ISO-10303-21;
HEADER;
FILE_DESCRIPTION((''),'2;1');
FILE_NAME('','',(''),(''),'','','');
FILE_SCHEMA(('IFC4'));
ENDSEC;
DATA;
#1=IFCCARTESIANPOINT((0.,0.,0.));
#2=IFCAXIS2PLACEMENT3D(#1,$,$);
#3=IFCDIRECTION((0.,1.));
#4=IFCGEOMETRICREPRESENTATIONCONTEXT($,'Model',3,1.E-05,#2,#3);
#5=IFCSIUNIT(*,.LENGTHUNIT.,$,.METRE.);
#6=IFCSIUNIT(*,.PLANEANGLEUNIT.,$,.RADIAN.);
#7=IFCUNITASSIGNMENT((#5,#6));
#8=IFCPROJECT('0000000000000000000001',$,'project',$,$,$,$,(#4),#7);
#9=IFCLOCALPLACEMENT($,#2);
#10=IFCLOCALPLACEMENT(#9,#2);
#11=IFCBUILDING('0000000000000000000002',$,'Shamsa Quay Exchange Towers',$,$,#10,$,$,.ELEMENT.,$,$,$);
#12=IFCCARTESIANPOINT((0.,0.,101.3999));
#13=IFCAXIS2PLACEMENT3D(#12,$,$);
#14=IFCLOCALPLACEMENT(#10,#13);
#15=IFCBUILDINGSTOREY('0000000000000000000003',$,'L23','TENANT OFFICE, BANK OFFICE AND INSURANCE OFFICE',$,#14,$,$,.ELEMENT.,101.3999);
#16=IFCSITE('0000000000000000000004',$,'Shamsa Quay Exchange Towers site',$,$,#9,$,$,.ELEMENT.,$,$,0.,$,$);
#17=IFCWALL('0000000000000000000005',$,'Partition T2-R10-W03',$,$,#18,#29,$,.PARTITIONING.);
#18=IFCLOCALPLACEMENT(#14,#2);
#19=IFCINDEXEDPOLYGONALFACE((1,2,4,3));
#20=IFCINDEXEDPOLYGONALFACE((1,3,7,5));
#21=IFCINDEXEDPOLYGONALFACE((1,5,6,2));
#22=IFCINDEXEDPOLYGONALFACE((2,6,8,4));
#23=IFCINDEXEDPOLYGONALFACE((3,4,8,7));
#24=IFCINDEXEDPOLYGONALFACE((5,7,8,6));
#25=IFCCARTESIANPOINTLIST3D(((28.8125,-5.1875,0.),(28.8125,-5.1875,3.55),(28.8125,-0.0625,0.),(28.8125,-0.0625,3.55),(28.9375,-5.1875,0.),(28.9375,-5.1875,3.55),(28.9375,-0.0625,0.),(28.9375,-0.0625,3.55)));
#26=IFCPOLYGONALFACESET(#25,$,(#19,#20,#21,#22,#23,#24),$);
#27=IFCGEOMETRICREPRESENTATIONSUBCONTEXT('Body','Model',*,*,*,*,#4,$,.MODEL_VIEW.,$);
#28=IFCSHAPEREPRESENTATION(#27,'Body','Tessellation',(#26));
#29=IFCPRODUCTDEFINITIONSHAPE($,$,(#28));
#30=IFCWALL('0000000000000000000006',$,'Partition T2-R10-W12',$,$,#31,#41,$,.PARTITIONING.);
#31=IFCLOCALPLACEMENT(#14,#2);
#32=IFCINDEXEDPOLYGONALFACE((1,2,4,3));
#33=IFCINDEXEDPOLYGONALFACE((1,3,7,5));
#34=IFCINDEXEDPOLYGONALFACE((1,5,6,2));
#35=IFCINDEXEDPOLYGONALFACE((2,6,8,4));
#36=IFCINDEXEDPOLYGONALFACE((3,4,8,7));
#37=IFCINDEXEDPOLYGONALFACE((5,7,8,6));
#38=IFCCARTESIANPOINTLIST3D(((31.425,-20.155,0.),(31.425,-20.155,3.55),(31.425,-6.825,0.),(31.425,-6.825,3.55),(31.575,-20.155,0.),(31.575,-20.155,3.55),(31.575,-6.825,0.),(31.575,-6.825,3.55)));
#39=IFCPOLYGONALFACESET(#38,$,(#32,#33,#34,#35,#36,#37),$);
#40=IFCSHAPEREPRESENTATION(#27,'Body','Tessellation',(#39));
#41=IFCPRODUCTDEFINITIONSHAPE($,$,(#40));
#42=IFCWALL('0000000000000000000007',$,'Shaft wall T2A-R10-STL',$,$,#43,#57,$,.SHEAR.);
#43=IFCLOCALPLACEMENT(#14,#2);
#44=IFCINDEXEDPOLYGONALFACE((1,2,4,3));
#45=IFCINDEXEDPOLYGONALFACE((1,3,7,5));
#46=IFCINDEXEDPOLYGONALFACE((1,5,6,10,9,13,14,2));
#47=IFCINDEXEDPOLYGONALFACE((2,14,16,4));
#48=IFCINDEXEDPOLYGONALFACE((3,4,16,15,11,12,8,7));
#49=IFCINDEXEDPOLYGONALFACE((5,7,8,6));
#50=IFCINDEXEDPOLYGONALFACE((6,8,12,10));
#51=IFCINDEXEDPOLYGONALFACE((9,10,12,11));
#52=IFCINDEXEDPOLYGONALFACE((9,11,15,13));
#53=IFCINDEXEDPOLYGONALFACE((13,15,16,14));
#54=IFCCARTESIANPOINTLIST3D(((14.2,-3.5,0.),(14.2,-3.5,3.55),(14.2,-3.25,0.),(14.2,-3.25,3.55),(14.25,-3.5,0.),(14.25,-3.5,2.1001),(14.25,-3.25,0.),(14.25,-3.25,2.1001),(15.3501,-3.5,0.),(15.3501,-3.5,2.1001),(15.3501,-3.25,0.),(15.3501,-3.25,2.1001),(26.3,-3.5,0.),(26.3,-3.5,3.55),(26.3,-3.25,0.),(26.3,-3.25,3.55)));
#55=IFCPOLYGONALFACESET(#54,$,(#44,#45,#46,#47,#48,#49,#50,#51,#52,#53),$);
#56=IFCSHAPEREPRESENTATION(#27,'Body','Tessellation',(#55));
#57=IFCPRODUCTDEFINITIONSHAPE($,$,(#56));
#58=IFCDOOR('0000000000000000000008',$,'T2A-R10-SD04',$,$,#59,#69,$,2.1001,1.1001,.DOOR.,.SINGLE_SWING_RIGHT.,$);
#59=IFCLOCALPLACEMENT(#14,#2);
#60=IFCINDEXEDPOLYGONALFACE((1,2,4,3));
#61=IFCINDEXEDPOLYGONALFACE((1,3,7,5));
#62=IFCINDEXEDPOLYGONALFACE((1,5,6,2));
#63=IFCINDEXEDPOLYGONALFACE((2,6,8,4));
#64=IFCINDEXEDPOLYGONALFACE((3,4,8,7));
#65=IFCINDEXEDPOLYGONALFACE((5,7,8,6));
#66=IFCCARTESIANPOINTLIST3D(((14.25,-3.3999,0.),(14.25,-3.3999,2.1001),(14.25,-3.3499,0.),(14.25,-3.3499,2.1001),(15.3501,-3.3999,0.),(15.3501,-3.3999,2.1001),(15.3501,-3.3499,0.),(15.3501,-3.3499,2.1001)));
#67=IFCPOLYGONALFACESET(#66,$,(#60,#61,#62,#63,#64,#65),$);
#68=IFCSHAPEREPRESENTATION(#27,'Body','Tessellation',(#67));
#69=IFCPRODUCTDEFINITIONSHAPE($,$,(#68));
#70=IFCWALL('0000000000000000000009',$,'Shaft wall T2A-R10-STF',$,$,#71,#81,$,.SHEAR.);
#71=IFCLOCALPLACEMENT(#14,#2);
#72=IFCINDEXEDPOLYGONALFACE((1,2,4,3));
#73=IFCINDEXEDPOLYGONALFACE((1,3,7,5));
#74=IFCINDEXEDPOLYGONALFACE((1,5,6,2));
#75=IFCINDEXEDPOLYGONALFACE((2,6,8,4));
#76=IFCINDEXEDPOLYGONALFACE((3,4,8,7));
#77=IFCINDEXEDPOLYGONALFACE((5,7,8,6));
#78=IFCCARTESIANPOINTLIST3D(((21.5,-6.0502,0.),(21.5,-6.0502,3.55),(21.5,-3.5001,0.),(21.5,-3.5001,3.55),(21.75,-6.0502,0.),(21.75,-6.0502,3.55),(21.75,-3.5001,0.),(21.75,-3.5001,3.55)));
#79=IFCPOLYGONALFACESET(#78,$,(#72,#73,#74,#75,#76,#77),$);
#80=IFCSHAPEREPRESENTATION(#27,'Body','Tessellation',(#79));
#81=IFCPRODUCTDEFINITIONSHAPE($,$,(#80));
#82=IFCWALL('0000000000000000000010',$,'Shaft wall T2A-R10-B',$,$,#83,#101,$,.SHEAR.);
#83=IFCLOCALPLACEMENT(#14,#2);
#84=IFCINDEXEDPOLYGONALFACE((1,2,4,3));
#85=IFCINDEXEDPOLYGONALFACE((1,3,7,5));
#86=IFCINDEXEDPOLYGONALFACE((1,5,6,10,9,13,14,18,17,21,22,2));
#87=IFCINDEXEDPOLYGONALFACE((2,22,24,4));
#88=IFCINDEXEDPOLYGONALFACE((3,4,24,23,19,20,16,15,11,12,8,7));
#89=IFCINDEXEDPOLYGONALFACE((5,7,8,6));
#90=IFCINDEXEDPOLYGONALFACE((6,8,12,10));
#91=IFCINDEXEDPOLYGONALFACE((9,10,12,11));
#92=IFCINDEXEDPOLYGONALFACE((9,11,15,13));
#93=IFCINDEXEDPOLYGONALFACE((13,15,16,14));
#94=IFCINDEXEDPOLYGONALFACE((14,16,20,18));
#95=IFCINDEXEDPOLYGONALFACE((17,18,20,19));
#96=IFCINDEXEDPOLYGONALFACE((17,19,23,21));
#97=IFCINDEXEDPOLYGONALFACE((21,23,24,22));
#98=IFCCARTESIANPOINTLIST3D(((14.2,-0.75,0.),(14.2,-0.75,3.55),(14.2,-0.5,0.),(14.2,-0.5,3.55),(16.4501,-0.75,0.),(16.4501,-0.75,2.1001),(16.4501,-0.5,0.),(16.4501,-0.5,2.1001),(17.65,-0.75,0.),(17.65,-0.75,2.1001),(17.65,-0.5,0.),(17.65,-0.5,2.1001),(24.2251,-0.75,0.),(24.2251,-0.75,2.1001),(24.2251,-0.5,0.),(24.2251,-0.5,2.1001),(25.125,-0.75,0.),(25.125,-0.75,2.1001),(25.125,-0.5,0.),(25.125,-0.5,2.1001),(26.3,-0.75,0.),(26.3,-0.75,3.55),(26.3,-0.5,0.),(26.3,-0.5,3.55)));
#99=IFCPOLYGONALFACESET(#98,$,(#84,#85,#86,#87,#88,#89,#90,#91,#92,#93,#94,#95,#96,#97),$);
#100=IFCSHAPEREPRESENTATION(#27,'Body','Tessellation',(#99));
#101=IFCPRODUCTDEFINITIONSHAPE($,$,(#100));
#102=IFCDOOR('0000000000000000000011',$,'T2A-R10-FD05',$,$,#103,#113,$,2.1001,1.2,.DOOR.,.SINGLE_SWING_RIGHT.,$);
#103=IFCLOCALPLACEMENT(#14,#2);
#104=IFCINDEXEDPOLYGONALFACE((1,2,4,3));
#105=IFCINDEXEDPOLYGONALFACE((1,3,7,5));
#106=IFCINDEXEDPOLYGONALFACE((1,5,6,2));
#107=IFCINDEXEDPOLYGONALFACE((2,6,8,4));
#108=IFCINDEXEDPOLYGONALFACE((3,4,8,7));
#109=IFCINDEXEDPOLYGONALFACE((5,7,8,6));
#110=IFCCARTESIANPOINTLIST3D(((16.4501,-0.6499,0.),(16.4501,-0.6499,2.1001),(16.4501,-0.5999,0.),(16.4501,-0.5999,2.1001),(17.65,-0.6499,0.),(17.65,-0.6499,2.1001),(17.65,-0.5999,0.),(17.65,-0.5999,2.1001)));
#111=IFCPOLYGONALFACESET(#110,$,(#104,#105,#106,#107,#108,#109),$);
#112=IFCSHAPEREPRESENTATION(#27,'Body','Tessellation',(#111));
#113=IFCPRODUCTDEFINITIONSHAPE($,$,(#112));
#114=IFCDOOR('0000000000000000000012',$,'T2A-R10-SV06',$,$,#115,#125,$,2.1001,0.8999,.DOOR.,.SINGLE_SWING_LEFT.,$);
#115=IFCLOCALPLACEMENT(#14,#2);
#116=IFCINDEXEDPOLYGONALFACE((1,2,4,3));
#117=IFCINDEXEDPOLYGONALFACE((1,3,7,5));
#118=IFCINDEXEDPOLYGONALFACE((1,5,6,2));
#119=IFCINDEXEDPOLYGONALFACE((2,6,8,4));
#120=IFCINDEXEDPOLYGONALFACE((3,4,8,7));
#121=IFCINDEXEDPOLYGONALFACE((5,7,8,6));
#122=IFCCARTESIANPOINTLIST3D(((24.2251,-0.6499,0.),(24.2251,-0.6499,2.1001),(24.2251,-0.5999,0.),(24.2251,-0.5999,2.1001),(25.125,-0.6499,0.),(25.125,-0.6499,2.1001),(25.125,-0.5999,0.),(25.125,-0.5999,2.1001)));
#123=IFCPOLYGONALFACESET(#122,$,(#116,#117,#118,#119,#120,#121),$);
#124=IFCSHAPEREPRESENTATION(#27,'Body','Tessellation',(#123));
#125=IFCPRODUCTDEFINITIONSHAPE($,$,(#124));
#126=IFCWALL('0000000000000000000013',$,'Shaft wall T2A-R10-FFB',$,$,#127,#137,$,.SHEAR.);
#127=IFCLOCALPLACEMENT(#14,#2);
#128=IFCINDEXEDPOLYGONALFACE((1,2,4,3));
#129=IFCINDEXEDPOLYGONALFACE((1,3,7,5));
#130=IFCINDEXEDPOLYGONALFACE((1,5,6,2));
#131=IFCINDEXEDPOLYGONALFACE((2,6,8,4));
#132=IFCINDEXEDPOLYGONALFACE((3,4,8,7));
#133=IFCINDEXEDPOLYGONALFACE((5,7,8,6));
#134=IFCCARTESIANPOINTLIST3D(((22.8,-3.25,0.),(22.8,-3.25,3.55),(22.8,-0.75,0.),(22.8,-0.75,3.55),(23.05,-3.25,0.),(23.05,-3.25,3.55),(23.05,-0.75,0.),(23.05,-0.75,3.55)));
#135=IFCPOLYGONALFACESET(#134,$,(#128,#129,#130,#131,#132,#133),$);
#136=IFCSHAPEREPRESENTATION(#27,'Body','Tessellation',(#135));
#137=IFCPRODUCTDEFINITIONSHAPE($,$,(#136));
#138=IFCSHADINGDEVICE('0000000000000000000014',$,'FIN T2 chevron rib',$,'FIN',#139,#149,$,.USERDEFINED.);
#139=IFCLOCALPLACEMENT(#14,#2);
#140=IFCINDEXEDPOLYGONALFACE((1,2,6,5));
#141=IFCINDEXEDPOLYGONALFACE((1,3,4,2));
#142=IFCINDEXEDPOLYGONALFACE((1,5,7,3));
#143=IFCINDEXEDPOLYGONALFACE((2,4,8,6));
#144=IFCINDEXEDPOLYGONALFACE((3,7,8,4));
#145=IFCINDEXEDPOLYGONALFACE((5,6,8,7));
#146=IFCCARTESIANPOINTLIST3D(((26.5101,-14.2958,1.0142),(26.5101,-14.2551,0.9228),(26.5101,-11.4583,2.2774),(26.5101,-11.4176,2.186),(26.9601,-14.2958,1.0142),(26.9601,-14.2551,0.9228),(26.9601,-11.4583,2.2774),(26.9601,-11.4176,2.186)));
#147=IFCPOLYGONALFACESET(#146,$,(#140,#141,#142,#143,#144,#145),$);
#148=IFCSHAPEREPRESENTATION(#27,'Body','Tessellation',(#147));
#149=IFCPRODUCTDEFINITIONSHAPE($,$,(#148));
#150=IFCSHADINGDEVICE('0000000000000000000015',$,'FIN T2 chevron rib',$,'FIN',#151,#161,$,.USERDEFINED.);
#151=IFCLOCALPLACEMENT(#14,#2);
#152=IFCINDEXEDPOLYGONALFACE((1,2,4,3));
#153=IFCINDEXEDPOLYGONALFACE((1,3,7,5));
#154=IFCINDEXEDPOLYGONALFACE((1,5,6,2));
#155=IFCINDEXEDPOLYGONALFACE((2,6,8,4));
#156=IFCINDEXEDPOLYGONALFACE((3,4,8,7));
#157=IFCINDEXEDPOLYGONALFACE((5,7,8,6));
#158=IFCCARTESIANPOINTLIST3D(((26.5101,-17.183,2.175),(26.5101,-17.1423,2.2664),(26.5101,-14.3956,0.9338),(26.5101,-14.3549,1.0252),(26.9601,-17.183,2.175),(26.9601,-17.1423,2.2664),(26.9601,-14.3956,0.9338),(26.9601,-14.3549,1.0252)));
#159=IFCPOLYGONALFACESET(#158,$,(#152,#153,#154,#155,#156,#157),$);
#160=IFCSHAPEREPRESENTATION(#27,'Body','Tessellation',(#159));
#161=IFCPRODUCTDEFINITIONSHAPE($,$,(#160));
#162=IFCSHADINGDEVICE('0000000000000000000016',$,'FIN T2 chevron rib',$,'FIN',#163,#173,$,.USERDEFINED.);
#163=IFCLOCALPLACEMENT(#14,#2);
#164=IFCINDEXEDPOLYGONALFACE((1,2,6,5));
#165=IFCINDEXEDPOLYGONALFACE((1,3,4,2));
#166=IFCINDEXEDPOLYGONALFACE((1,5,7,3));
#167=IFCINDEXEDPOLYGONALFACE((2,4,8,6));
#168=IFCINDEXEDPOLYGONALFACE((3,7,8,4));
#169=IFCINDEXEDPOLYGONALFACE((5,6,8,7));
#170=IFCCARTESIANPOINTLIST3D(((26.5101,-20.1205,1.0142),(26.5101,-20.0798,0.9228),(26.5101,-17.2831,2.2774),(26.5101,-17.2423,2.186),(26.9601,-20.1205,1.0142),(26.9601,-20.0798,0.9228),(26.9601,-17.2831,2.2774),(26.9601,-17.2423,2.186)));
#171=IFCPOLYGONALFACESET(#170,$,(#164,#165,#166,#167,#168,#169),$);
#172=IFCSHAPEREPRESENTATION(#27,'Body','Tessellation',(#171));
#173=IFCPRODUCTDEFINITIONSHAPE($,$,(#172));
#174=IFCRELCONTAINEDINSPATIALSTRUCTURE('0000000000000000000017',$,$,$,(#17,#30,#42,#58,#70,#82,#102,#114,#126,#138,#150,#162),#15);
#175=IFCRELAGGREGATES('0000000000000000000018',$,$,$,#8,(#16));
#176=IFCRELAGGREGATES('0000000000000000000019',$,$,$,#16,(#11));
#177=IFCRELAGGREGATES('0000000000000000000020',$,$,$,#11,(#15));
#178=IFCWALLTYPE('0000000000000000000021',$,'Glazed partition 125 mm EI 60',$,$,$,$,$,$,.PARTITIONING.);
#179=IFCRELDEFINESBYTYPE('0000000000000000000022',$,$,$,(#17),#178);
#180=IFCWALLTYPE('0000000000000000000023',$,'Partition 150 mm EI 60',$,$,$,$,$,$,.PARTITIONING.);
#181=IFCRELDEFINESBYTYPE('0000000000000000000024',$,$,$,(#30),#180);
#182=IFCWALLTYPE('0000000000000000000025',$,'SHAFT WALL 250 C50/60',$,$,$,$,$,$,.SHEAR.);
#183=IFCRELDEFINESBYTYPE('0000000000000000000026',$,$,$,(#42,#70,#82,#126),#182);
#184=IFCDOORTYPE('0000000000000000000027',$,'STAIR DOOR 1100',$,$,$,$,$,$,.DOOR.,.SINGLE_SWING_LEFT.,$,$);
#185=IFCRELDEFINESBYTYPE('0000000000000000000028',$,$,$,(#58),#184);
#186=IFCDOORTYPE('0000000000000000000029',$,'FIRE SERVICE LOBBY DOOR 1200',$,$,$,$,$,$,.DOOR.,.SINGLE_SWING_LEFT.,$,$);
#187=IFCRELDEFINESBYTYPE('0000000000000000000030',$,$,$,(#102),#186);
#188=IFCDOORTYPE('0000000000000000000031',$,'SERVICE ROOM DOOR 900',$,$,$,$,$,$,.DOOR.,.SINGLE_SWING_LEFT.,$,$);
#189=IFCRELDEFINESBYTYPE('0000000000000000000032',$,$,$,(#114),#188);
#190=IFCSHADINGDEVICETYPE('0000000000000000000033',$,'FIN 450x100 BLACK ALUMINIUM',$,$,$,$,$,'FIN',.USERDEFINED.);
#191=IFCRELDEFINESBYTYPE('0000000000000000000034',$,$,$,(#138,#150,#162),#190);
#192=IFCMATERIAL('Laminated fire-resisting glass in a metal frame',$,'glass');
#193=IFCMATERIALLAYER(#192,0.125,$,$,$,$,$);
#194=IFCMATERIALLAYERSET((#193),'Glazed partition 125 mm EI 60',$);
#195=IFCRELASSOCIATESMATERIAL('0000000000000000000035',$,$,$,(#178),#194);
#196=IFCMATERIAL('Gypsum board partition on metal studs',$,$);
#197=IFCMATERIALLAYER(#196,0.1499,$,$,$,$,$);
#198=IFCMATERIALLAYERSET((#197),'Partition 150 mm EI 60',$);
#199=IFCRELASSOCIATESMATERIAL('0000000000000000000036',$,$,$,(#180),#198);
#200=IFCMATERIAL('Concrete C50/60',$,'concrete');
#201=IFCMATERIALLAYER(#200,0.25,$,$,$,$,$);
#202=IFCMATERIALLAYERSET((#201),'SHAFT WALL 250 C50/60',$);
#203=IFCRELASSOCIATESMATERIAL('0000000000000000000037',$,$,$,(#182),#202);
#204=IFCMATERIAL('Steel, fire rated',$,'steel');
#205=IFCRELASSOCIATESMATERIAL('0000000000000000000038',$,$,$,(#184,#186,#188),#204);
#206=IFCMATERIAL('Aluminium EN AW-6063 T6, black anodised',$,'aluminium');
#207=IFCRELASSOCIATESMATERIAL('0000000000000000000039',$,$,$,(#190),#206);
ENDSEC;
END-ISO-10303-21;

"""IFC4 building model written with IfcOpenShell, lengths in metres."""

from ifc_helpers import new_model, si_unit, direction, frame, frame_2d, origin, origin_2d, place, context, subcontext, project, spatial, rectangle, extrude, material, layer, layer_set, material_profile, profile_set, type_object, element, fill, save


model = new_model("IFC4")

# Units and contexts
model_context = context("Model", 3, precision=1e-05, world=origin(), true_north=direction((0.0, 1.0)))
body_context = subcontext(model_context, "Body", "Model", "MODEL_VIEW")
ifc_project = project(units=[si_unit("LENGTHUNIT", "METRE"), si_unit("PLANEANGLEUNIT", "RADIAN")], contexts=[model_context])

# Site, building, storey
site_placement = place(None, origin())
site = spatial("IfcSite", under=ifc_project, at=site_placement, Name="Shamsa Quay Exchange Towers site", CompositionType="ELEMENT", RefElevation=0.0)
building_placement = place(site_placement, origin())
building = spatial("IfcBuilding", under=site, at=building_placement, Name="Shamsa Quay Exchange Towers", CompositionType="ELEMENT")
storey_placement = place(building_placement, frame((0.0, 0.0, 101.3999)))
storey = spatial("IfcBuildingStorey", under=building, at=storey_placement, Name="L23", Description="TENANT OFFICE, BANK OFFICE AND INSURANCE OFFICE", CompositionType="ELEMENT", Elevation=101.3999)

# Shared definitions
ifc_material_1 = material(Name="Aluminium EN AW-6063 T6, black anodised", Category="aluminium")

# Shared definitions
ifc_material_2 = material(Name="Laminated fire-resisting glass in a metal frame", Category="glass")
ifc_layer_1 = layer(ifc_material_2, 0.125)
ifc_layer_set_1 = layer_set([ifc_layer_1], Name="Glazed partition 125 mm EI 60")
wall_type_1 = type_object("IfcWallType", Name="Glazed partition 125 mm EI 60", PredefinedType="PARTITIONING", material=ifc_layer_set_1)

# Walls
wall_1_placement = place(storey_placement, frame((28.875, -0.0625, 0.0), z_axis=(0.0, 0.0, 1.0), x_axis=(0.0, -1.0, 0.0)))
element("IfcWall", 1, at=wall_1_placement, inside=storey, type_object=wall_type_1, Name="Partition T2-R10-W03", PredefinedType="PARTITIONING", context=body_context, shape_type="SweptSolid", body=[
    extrude(rectangle(XDim=5.125, YDim=0.125, at=frame_2d((2.5625, 0.0))), origin(), (0.0, 0.0, 1.0), 3.55),
])
ifc_material_3 = material(Name="Gypsum board partition on metal studs")
ifc_layer_2 = layer(ifc_material_3, 0.1499)
ifc_layer_set_2 = layer_set([ifc_layer_2], Name="Partition 150 mm EI 60")
wall_type_2 = type_object("IfcWallType", Name="Partition 150 mm EI 60", PredefinedType="PARTITIONING", material=ifc_layer_set_2)
wall_2_placement = place(storey_placement, frame((31.5, -6.825, 0.0), z_axis=(0.0, 0.0, 1.0), x_axis=(0.0, -1.0, 0.0)))
element("IfcWall", 2, at=wall_2_placement, inside=storey, type_object=wall_type_2, Name="Partition T2-R10-W12", PredefinedType="PARTITIONING", context=body_context, shape_type="SweptSolid", body=[
    extrude(rectangle(XDim=13.3301, YDim=0.1499, at=frame_2d((6.665, 0.0))), origin(), (0.0, 0.0, 1.0), 3.55),
])

# Wall, opening, door
ifc_material_4 = material(Name="Concrete C50/60", Category="concrete")
ifc_layer_3 = layer(ifc_material_4, 0.25)
ifc_layer_set_3 = layer_set([ifc_layer_3], Name="SHAFT WALL 250 C50/60")
wall_type_3 = type_object("IfcWallType", Name="SHAFT WALL 250 C50/60", PredefinedType="SHEAR", material=ifc_layer_set_3)
wall_3_placement = place(storey_placement, frame((26.3, -3.375, 0.0), z_axis=(0.0, 0.0, 1.0), x_axis=(-1.0, 0.0, 0.0)))
wall_3 = element("IfcWall", 3, at=wall_3_placement, inside=storey, type_object=wall_type_3, Name="Shaft wall T2A-R10-STL", PredefinedType="SHEAR", context=body_context, shape_type="SweptSolid", body=[
    extrude(rectangle(XDim=12.1001, YDim=0.25, at=frame_2d((6.05, 0.0))), origin(), (0.0, 0.0, 1.0), 3.55),
])
opening_1_placement = place(wall_3_placement, frame((10.95, 0.0, 0.0)))
opening_1 = element("IfcOpeningElement", 4, at=opening_1_placement, cuts=wall_3, PredefinedType="OPENING", context=body_context, shape_type="SweptSolid", body=[
    extrude(rectangle(XDim=1.1001, YDim=2.1001, at=frame_2d((0.55, 1.05))), frame((0.0, 0.135, 0.0), z_axis=(0.0, -1.0, 0.0), x_axis=(1.0, 0.0, 0.0)), (0.0, 0.0, 1.0), 0.27),
])
ifc_material_5 = material(Name="Steel, fire rated", Category="steel")
door_type_1 = type_object("IfcDoorType", Name="STAIR DOOR 1100", OperationType="SINGLE_SWING_LEFT", PredefinedType="DOOR", material=ifc_material_5)
door_1_placement = place(opening_1_placement, origin())
door_1 = element("IfcDoor", 5, at=door_1_placement, inside=storey, type_object=door_type_1, Name="T2A-R10-SD04", OperationType="SINGLE_SWING_RIGHT", OverallHeight=2.1001, OverallWidth=1.1001, PredefinedType="DOOR", context=body_context, shape_type="SweptSolid", body=[
    extrude(rectangle(XDim=1.1001, YDim=2.1001, at=frame_2d((0.55, 1.05))), frame((0.0, 0.0249, 0.0), z_axis=(0.0, -1.0, 0.0), x_axis=(1.0, 0.0, 0.0)), (0.0, 0.0, 1.0), 0.05),
])
fill(opening_1, door_1)

# Wall
wall_4_placement = place(storey_placement, frame((21.625, -6.05, 0.0), z_axis=(0.0, 0.0, 1.0), x_axis=(0.0, 1.0, 0.0)))
element("IfcWall", 6, at=wall_4_placement, inside=storey, type_object=wall_type_3, Name="Shaft wall T2A-R10-STF", PredefinedType="SHEAR", context=body_context, shape_type="SweptSolid", body=[
    extrude(rectangle(XDim=2.55, YDim=0.25, at=frame_2d((1.2749, 0.0))), origin(), (0.0, 0.0, 1.0), 3.55),
])

# Wall, openings, doors
wall_5_placement = place(storey_placement, frame((26.3, -0.625, 0.0), z_axis=(0.0, 0.0, 1.0), x_axis=(-1.0, 0.0, 0.0)))
wall_5 = element("IfcWall", 7, at=wall_5_placement, inside=storey, type_object=wall_type_3, Name="Shaft wall T2A-R10-B", PredefinedType="SHEAR", context=body_context, shape_type="SweptSolid", body=[
    extrude(rectangle(XDim=12.1001, YDim=0.25, at=frame_2d((6.05, 0.0))), origin(), (0.0, 0.0, 1.0), 3.55),
])
opening_2_placement = place(wall_5_placement, frame((8.6499, 0.0, 0.0)))
opening_2 = element("IfcOpeningElement", 8, at=opening_2_placement, cuts=wall_5, PredefinedType="OPENING", context=body_context, shape_type="SweptSolid", body=[
    extrude(rectangle(XDim=1.2, YDim=2.1001, at=frame_2d((0.6001, 1.05))), frame((0.0, 0.135, 0.0), z_axis=(0.0, -1.0, 0.0), x_axis=(1.0, 0.0, 0.0)), (0.0, 0.0, 1.0), 0.27),
])
opening_3_placement = place(wall_5_placement, frame((1.175, 0.0, 0.0)))
opening_3 = element("IfcOpeningElement", 9, at=opening_3_placement, cuts=wall_5, PredefinedType="OPENING", context=body_context, shape_type="SweptSolid", body=[
    extrude(rectangle(XDim=0.8999, YDim=2.1001, at=frame_2d((0.45, 1.05))), frame((0.0, 0.135, 0.0), z_axis=(0.0, -1.0, 0.0), x_axis=(1.0, 0.0, 0.0)), (0.0, 0.0, 1.0), 0.27),
])
door_type_2 = type_object("IfcDoorType", Name="FIRE SERVICE LOBBY DOOR 1200", OperationType="SINGLE_SWING_LEFT", PredefinedType="DOOR", material=ifc_material_5)
door_2_placement = place(opening_2_placement, origin())
door_2 = element("IfcDoor", 10, at=door_2_placement, inside=storey, type_object=door_type_2, Name="T2A-R10-FD05", OperationType="SINGLE_SWING_RIGHT", OverallHeight=2.1001, OverallWidth=1.2, PredefinedType="DOOR", context=body_context, shape_type="SweptSolid", body=[
    extrude(rectangle(XDim=1.2, YDim=2.1001, at=frame_2d((0.6001, 1.05))), frame((0.0, 0.0249, 0.0), z_axis=(0.0, -1.0, 0.0), x_axis=(1.0, 0.0, 0.0)), (0.0, 0.0, 1.0), 0.05),
])
fill(opening_2, door_2)
door_type_3 = type_object("IfcDoorType", Name="SERVICE ROOM DOOR 900", OperationType="SINGLE_SWING_LEFT", PredefinedType="DOOR", material=ifc_material_5)
door_3_placement = place(opening_3_placement, origin())
door_3 = element("IfcDoor", 11, at=door_3_placement, inside=storey, type_object=door_type_3, Name="T2A-R10-SV06", OperationType="SINGLE_SWING_LEFT", OverallHeight=2.1001, OverallWidth=0.8999, PredefinedType="DOOR", context=body_context, shape_type="SweptSolid", body=[
    extrude(rectangle(XDim=0.8999, YDim=2.1001, at=frame_2d((0.45, 1.05))), frame((0.0, 0.0249, 0.0), z_axis=(0.0, -1.0, 0.0), x_axis=(1.0, 0.0, 0.0)), (0.0, 0.0, 1.0), 0.05),
])
fill(opening_3, door_3)

# Wall
wall_6_placement = place(storey_placement, frame((22.925, -3.25, 0.0), z_axis=(0.0, 0.0, 1.0), x_axis=(0.0, 1.0, 0.0)))
element("IfcWall", 12, at=wall_6_placement, inside=storey, type_object=wall_type_3, Name="Shaft wall T2A-R10-FFB", PredefinedType="SHEAR", context=body_context, shape_type="SweptSolid", body=[
    extrude(rectangle(XDim=2.5, YDim=0.25, at=frame_2d((1.25, 0.0))), origin(), (0.0, 0.0, 1.0), 3.55),
])

# Shading devices
ifc_material_profile_1 = material_profile(ifc_material_1, rectangle(XDim=0.45, YDim=0.1001, at=origin_2d()), Name="FIN450x100")
ifc_profile_set_1 = profile_set([ifc_material_profile_1], Name="Aluminium EN AW-6063 T6, black anodised")
shading_device_type = type_object("IfcShadingDeviceType", Name="FIN 450x100 BLACK ALUMINIUM", ElementType="FIN", PredefinedType="USERDEFINED", material=ifc_profile_set_1)
shading_device_1_placement = place(storey_placement, frame((26.7351, -11.438, 2.2317), z_axis=(0.0, -0.913559, -0.406707), x_axis=(1.0, 0.0, 0.0)))
element("IfcShadingDevice", 13, at=shading_device_1_placement, inside=storey, type_object=shading_device_type, Name="FIN T2 chevron rib", ObjectType="FIN", PredefinedType="USERDEFINED", context=body_context, shape_type="SweptSolid", body=[
    extrude(rectangle(XDim=0.45, YDim=0.1001, at=origin_2d()), origin(), (0.0, 0.0, 1.0), 3.106),
])
shading_device_2_placement = place(storey_placement, frame((26.7351, -14.3752, 0.9795), z_axis=(0.0, -0.913521, 0.406792), x_axis=(1.0, 0.0, 0.0)))
element("IfcShadingDevice", 14, at=shading_device_2_placement, inside=storey, type_object=shading_device_type, Name="FIN T2 chevron rib", ObjectType="FIN", PredefinedType="USERDEFINED", context=body_context, shape_type="SweptSolid", body=[
    extrude(rectangle(XDim=0.45, YDim=0.1001, at=origin_2d()), origin(), (0.0, 0.0, 1.0), 3.0513),
])
shading_device_3_placement = place(storey_placement, frame((26.7351, -17.2627, 2.2317), z_axis=(0.0, -0.913559, -0.406707), x_axis=(1.0, 0.0, 0.0)))
element("IfcShadingDevice", 15, at=shading_device_3_placement, inside=storey, type_object=shading_device_type, Name="FIN T2 chevron rib", ObjectType="FIN", PredefinedType="USERDEFINED", context=body_context, shape_type="SweptSolid", body=[
    extrude(rectangle(XDim=0.45, YDim=0.1001, at=origin_2d()), origin(), (0.0, 0.0, 1.0), 3.106),
])

save(model, "model.ifc")
